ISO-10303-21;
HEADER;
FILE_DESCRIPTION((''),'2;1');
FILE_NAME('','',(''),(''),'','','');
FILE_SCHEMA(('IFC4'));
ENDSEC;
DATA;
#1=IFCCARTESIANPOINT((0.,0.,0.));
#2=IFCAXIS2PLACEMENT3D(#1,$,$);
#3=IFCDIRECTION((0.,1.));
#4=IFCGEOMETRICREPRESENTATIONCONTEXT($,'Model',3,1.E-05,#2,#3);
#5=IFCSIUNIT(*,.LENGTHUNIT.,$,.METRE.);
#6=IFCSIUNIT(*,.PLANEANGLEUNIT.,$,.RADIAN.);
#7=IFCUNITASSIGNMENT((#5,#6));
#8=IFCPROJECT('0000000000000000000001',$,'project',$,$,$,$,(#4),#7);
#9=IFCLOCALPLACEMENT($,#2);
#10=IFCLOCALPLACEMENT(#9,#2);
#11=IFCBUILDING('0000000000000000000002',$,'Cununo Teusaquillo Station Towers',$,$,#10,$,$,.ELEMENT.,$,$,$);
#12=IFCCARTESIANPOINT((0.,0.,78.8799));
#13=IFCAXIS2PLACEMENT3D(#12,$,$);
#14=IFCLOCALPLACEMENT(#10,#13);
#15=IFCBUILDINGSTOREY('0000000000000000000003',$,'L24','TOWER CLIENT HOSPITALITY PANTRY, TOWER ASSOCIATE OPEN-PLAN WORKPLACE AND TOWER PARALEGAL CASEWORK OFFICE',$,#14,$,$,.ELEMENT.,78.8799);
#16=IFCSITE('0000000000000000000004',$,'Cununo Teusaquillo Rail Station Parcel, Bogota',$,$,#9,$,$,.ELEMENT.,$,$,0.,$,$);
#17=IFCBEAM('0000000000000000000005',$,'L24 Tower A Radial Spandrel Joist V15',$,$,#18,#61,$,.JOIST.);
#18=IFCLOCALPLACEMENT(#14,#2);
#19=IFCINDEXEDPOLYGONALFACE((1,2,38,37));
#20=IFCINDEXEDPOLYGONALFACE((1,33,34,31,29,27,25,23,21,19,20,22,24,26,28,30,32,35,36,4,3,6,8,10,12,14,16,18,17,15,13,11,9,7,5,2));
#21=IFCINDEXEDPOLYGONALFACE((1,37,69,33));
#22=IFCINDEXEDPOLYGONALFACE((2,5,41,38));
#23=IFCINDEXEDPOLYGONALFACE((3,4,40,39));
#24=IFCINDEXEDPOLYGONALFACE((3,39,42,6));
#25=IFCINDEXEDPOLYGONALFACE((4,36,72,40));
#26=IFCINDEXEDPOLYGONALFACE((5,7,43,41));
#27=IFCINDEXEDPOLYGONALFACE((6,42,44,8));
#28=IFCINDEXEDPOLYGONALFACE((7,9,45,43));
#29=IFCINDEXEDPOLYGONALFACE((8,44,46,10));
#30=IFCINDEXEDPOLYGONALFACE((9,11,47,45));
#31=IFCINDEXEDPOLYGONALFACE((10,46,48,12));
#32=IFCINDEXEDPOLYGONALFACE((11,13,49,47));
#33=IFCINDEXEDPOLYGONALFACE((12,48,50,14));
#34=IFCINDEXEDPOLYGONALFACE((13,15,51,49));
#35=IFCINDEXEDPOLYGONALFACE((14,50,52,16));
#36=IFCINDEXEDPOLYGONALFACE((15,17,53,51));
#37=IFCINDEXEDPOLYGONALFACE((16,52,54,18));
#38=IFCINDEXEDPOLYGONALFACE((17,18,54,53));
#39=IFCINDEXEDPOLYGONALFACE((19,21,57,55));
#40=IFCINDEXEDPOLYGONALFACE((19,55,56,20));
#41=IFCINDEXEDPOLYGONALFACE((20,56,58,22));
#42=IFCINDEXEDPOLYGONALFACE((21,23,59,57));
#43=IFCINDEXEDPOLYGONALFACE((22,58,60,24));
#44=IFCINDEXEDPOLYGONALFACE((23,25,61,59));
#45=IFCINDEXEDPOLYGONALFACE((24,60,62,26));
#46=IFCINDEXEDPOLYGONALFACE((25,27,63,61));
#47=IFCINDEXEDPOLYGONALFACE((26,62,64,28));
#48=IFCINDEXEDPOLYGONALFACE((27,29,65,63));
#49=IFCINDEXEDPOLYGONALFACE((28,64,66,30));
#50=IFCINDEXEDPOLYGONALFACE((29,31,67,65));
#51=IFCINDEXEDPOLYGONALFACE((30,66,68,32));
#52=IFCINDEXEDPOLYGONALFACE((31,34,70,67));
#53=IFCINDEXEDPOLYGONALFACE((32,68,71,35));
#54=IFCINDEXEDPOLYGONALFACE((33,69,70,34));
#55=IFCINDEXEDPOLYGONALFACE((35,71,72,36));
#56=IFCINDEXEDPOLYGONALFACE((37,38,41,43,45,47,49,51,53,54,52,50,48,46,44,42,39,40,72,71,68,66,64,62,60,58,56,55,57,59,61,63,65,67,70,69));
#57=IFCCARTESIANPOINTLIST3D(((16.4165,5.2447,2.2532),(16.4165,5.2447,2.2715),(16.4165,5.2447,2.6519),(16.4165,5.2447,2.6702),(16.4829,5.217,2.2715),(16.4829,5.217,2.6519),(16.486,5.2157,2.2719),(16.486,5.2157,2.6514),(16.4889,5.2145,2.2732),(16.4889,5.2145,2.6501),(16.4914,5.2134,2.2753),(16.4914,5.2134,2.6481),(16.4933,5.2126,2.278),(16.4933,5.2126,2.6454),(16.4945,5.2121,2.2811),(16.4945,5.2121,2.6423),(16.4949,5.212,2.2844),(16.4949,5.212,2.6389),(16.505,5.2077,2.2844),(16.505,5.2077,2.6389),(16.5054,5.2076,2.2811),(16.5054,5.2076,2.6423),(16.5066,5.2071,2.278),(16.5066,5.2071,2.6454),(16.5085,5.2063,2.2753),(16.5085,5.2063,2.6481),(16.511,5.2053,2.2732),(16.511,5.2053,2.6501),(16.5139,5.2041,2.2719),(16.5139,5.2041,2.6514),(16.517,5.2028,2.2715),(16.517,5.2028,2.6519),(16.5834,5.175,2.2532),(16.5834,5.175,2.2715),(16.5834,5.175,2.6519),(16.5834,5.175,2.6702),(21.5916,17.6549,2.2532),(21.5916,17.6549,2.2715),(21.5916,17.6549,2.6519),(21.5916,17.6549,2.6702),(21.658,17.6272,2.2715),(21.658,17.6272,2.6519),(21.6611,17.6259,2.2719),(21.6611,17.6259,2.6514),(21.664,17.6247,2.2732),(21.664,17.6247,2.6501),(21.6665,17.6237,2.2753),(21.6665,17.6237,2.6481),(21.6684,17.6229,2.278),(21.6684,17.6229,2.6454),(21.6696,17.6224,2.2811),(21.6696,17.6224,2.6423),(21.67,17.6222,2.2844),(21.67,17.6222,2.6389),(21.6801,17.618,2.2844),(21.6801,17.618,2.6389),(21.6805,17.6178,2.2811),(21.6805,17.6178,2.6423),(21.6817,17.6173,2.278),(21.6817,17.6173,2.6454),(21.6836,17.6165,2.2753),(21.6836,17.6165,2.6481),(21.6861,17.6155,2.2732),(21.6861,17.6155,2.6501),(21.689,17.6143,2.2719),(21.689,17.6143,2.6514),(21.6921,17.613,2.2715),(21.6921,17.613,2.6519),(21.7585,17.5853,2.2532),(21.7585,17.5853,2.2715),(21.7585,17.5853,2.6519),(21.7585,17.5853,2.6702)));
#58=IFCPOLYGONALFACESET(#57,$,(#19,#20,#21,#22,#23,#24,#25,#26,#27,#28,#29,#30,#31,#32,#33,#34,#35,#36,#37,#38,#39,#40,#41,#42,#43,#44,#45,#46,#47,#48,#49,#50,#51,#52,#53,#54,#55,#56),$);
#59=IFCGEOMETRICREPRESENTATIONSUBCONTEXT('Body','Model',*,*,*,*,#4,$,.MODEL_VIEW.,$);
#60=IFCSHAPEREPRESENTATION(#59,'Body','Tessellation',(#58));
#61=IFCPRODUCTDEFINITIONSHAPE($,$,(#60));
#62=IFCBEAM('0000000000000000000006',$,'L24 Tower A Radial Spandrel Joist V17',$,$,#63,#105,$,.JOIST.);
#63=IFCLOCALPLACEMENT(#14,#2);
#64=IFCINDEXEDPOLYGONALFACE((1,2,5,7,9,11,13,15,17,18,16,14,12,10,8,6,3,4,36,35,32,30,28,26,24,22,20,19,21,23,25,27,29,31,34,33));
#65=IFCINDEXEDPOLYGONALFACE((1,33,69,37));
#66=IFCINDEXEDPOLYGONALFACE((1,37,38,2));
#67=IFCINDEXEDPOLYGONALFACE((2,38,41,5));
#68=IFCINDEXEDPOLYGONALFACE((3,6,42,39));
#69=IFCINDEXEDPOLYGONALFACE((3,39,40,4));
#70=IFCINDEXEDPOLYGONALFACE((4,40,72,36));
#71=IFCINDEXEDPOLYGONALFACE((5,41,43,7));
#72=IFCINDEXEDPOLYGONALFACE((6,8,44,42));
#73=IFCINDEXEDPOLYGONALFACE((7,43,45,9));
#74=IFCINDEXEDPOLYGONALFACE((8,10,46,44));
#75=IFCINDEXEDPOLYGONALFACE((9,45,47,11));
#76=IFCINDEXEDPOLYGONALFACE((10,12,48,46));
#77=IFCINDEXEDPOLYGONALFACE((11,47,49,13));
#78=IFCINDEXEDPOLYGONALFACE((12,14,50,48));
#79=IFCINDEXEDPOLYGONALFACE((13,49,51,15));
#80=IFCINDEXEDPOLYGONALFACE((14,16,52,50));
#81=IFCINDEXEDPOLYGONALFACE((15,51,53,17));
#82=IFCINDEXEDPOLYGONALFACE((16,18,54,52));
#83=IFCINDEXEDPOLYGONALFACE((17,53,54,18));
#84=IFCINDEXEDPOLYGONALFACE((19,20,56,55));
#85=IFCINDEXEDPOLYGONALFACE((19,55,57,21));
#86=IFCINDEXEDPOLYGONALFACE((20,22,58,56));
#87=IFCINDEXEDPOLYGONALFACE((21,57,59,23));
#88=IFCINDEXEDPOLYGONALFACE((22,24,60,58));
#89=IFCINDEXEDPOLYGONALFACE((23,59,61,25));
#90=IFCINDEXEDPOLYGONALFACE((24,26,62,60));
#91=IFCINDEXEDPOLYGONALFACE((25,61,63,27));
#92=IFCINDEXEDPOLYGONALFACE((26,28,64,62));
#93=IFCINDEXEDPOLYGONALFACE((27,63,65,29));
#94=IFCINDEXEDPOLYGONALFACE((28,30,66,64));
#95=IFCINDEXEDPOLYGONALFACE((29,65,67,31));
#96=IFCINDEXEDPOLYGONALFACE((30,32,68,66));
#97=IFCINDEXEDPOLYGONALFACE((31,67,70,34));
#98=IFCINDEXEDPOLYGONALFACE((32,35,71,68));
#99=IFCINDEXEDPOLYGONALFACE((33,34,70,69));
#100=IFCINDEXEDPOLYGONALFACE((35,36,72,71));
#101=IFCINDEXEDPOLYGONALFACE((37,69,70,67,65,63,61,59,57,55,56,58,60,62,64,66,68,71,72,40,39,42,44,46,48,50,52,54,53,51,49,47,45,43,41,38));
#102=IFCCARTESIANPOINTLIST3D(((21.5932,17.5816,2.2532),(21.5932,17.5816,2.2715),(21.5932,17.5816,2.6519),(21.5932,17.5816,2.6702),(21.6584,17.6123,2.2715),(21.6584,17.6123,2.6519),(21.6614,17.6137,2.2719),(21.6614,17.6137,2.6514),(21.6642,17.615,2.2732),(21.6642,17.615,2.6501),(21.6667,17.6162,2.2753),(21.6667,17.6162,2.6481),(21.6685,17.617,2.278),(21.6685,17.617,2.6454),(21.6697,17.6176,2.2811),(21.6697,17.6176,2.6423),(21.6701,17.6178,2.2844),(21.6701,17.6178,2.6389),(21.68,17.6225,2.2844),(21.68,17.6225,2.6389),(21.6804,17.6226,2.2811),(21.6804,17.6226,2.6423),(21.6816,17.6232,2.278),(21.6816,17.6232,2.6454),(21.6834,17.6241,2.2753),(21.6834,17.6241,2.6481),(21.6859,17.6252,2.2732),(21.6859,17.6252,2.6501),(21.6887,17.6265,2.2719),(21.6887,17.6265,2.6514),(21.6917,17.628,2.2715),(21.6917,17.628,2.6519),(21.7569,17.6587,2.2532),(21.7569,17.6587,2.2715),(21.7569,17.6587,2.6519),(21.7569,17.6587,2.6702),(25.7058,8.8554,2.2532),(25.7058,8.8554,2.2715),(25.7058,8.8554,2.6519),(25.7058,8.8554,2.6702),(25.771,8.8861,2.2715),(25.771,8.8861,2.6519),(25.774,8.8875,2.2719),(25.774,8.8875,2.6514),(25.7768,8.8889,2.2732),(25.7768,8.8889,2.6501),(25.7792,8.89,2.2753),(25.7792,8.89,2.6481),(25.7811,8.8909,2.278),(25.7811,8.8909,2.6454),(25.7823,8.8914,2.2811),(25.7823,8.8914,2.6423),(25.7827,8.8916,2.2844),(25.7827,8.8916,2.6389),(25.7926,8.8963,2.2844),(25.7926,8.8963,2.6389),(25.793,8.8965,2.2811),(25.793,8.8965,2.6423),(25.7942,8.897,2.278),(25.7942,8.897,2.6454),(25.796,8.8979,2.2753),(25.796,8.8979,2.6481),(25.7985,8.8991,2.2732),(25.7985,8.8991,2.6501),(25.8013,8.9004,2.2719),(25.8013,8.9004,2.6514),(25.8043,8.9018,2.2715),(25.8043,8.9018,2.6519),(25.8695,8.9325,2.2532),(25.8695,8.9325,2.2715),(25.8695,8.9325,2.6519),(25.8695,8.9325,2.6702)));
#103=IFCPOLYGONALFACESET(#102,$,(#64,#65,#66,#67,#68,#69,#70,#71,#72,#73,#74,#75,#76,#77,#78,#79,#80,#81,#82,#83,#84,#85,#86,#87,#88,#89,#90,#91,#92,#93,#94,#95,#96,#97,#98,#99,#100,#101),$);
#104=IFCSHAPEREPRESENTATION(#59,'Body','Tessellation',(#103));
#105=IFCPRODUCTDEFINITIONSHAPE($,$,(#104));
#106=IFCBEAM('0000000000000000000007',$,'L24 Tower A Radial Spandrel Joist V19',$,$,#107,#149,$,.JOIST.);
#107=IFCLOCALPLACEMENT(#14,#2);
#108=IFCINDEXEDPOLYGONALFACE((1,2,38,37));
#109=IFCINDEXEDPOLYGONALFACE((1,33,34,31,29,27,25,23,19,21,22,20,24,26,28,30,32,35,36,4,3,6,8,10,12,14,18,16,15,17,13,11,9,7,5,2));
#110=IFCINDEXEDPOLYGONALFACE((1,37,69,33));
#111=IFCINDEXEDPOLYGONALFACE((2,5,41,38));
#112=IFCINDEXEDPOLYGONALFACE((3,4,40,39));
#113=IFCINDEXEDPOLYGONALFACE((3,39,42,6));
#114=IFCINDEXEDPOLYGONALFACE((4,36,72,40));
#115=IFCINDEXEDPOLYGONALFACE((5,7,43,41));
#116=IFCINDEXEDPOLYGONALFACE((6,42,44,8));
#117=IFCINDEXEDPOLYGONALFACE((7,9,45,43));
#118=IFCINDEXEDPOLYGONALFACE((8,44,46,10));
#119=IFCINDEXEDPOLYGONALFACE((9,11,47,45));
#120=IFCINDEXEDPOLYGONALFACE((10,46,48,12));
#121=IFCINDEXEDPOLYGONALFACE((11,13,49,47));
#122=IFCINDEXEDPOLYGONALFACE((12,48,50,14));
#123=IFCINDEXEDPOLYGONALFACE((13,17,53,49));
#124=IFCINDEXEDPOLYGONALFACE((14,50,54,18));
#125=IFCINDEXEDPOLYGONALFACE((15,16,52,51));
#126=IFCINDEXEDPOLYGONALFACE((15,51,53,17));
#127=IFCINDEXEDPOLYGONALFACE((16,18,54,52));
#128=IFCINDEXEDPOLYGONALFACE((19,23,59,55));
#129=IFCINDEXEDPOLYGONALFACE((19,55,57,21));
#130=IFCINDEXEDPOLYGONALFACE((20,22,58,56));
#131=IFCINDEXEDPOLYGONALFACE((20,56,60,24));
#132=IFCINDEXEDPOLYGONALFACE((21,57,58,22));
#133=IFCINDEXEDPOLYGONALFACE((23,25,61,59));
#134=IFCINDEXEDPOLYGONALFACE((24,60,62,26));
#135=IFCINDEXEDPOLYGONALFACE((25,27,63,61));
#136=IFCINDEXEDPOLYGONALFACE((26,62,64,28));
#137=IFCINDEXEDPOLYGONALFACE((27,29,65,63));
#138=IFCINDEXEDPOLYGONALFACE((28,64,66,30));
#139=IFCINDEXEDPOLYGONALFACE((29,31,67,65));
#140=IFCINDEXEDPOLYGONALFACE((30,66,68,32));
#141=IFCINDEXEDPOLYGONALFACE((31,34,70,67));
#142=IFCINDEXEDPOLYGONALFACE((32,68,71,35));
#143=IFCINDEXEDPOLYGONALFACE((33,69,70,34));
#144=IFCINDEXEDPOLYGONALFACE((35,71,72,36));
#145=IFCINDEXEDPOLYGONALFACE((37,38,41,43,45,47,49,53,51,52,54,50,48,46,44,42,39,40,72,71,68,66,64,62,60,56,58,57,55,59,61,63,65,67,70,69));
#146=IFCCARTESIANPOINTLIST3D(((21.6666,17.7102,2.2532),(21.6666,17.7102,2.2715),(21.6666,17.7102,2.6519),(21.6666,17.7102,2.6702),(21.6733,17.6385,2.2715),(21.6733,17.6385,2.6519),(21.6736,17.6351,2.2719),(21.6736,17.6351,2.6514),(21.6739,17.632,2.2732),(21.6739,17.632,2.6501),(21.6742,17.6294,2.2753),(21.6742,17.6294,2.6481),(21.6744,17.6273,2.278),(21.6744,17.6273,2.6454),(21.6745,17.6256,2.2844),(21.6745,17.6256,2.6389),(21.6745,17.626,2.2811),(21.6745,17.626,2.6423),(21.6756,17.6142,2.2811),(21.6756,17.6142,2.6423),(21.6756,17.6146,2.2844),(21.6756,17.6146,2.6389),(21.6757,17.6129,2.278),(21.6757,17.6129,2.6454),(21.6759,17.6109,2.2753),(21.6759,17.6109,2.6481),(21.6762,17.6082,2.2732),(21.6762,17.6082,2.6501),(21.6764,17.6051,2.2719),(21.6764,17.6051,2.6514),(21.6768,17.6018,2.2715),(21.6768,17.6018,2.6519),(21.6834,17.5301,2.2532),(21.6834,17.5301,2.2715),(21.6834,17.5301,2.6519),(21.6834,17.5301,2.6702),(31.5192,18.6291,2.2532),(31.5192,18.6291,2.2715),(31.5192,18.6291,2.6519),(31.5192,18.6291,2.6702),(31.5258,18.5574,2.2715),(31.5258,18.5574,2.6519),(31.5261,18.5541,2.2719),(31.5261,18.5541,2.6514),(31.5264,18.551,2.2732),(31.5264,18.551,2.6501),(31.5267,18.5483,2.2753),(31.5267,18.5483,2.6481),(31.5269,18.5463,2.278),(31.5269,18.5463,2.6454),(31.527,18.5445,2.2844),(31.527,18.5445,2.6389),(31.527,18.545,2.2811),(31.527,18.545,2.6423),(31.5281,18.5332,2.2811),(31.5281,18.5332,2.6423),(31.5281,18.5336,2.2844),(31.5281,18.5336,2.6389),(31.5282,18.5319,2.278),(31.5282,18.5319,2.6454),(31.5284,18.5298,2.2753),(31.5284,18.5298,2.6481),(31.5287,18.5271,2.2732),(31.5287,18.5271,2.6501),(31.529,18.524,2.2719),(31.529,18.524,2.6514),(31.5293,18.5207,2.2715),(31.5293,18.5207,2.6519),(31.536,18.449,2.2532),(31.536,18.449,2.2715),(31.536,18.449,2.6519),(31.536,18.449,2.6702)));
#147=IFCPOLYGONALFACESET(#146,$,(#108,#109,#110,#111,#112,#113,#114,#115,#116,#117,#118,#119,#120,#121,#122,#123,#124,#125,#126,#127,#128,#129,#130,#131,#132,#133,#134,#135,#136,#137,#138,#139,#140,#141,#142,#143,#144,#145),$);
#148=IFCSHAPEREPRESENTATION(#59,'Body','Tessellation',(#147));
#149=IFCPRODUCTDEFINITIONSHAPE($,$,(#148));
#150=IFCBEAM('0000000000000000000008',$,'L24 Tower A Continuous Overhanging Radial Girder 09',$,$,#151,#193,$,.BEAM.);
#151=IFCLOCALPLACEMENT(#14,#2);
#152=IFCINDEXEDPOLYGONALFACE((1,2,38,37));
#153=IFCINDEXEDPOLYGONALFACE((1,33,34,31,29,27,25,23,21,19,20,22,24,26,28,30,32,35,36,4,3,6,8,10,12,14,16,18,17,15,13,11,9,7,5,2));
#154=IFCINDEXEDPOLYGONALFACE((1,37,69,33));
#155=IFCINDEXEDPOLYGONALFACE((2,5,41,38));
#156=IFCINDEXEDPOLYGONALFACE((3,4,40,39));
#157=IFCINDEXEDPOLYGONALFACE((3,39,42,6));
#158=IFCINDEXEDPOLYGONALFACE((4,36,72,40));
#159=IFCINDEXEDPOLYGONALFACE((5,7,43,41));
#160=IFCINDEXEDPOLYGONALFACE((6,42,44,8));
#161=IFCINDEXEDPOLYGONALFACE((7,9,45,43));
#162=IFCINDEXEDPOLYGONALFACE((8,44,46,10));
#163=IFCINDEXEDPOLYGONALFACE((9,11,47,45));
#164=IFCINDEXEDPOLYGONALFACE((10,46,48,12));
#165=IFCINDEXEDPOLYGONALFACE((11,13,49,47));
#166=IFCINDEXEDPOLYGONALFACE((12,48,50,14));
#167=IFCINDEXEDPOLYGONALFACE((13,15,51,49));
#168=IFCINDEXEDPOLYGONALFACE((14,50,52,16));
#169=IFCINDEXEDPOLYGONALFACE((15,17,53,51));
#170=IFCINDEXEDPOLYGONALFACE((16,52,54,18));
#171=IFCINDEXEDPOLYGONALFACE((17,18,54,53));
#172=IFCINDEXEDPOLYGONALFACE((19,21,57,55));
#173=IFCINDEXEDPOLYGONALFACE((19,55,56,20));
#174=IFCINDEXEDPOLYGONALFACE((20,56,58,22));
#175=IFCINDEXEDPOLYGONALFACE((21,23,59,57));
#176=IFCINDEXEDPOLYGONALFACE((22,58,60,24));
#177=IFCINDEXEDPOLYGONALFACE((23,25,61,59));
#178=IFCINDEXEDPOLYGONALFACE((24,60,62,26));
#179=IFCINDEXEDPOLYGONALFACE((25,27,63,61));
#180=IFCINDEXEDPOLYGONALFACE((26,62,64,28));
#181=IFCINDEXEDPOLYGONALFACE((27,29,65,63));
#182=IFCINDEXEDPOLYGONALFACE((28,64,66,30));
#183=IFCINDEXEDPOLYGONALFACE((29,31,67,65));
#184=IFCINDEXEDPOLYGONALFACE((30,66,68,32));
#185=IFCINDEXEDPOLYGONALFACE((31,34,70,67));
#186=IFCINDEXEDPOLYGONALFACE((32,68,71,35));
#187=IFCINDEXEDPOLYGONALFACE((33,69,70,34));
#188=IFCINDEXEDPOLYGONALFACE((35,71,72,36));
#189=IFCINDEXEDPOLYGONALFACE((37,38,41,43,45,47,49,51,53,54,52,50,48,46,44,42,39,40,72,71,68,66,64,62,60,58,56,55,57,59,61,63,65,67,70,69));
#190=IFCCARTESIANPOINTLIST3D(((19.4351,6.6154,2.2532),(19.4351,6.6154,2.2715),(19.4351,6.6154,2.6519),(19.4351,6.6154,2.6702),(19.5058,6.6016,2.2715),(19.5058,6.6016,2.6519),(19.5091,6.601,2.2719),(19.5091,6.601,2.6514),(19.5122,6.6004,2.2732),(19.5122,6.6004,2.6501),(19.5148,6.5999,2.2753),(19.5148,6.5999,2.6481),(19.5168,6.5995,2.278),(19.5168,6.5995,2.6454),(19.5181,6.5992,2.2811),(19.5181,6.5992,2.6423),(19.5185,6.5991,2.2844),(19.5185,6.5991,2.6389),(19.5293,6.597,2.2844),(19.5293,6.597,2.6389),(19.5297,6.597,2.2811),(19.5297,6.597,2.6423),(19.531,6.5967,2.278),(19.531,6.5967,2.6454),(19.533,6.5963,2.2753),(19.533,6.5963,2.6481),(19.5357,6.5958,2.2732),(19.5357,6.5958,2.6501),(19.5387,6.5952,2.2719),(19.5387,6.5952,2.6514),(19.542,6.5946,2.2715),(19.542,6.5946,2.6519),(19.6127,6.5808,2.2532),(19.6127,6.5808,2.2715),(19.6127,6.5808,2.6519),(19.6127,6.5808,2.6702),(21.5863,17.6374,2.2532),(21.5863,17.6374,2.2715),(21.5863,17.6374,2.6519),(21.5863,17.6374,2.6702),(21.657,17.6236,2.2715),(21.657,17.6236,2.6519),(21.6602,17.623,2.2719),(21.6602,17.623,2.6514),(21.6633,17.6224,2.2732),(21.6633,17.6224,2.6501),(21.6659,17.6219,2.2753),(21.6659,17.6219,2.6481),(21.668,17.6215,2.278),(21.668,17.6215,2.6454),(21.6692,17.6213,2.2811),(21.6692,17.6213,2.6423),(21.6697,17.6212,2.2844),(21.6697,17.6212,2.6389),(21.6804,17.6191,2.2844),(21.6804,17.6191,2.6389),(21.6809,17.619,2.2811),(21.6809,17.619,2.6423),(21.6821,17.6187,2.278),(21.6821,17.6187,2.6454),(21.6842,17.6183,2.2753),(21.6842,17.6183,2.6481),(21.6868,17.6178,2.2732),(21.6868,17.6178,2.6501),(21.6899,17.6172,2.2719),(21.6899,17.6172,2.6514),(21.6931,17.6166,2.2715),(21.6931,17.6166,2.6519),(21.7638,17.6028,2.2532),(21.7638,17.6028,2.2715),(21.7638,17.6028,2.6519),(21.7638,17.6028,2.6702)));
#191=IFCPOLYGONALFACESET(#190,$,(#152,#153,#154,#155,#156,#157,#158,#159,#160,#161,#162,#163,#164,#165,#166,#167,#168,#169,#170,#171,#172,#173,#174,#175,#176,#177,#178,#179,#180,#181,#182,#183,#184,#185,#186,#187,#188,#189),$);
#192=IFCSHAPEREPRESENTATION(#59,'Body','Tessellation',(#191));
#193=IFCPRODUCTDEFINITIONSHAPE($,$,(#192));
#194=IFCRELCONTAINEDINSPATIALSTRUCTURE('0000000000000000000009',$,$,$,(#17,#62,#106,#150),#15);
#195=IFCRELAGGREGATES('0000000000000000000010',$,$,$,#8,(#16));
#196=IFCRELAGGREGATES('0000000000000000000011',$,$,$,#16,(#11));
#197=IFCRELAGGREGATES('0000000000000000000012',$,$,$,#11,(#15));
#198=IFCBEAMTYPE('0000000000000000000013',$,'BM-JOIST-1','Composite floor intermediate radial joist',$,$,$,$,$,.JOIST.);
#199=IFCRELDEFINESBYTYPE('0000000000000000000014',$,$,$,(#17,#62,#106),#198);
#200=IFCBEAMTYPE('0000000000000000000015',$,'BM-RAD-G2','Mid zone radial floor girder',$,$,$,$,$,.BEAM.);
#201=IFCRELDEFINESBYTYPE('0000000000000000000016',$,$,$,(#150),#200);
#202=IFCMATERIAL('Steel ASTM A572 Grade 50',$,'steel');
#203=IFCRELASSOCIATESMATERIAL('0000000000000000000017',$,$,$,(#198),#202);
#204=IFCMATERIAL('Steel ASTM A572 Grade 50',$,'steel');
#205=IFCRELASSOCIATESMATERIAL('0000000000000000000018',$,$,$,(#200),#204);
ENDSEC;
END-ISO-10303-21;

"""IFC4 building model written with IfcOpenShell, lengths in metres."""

from ifc_helpers import new_model, si_unit, direction, frame, origin, origin_2d, place, context, subcontext, project, spatial, i_section, extrude, material, material_profile, profile_set, type_object, element, save


model = new_model("IFC4")

# Units and contexts
model_context = context("Model", 3, precision=1e-05, world=origin(), true_north=direction((0.0, 1.0)))
body_context = subcontext(model_context, "Body", "Model", "MODEL_VIEW")
ifc_project = project(units=[si_unit("LENGTHUNIT", "METRE"), si_unit("PLANEANGLEUNIT", "RADIAN")], contexts=[model_context])

# Site, building, storey
site_placement = place(None, origin())
site = spatial("IfcSite", under=ifc_project, at=site_placement, Name="Cununo Teusaquillo Rail Station Parcel, Bogota", CompositionType="ELEMENT", RefElevation=0.0)
building_placement = place(site_placement, origin())
building = spatial("IfcBuilding", under=site, at=building_placement, Name="Cununo Teusaquillo Station Towers", CompositionType="ELEMENT")
storey_placement = place(building_placement, frame((0.0, 0.0, 78.8799)))
storey = spatial("IfcBuildingStorey", under=building, at=storey_placement, Name="L24", Description="TOWER CLIENT HOSPITALITY PANTRY, TOWER ASSOCIATE OPEN-PLAN WORKPLACE AND TOWER PARALEGAL CASEWORK OFFICE", CompositionType="ELEMENT", Elevation=78.8799)

# Beams
ifc_material_1 = material(Name="Steel ASTM A572 Grade 50", Category="steel")
ifc_material_profile_1 = material_profile(ifc_material_1, i_section(OverallWidth=0.1809, OverallDepth=0.417, WebThickness=0.011, FlangeThickness=0.0183, FilletRadius=0.0129, at=origin_2d()), Name="W16X57")
ifc_profile_set_1 = profile_set([ifc_material_profile_1], Name="Steel ASTM A572 Grade 50")
beam_type_1 = type_object("IfcBeamType", Name="BM-JOIST-1", Description="Composite floor intermediate radial joist", PredefinedType="JOIST", material=ifc_profile_set_1)
beam_1_placement = place(storey_placement, frame((21.675, 17.6201, 2.4617), z_axis=(-0.384878, -0.922967, 0.0), x_axis=(0.922967, -0.384878, 0.0)))
element("IfcBeam", 1, at=beam_1_placement, inside=storey, type_object=beam_type_1, Name="L24 Tower A Radial Spandrel Joist V15", PredefinedType="JOIST", context=body_context, shape_type="SweptSolid", body=[
    extrude(i_section(OverallWidth=0.1809, OverallDepth=0.417, WebThickness=0.011, FlangeThickness=0.0183, FilletRadius=0.0129, at=origin_2d()), origin(), (0.0, 0.0, 1.0), 13.446),
])
beam_2_placement = place(storey_placement, frame((21.675, 17.6201, 2.4617), z_axis=(0.42632, -0.904572, 0.0), x_axis=(0.904572, 0.42632, 0.0)))
element("IfcBeam", 2, at=beam_2_placement, inside=storey, type_object=beam_type_1, Name="L24 Tower A Radial Spandrel Joist V17", PredefinedType="JOIST", context=body_context, shape_type="SweptSolid", body=[
    extrude(i_section(OverallWidth=0.1809, OverallDepth=0.417, WebThickness=0.011, FlangeThickness=0.0183, FilletRadius=0.0129, at=origin_2d()), origin(), (0.0, 0.0, 1.0), 9.6467),
])
beam_3_placement = place(storey_placement, frame((21.675, 17.6201, 2.4617), z_axis=(0.995679, 0.092867, 0.0), x_axis=(-0.092867, 0.995679, 0.0)))
element("IfcBeam", 3, at=beam_3_placement, inside=storey, type_object=beam_type_1, Name="L24 Tower A Radial Spandrel Joist V19", PredefinedType="JOIST", context=body_context, shape_type="SweptSolid", body=[
    extrude(i_section(OverallWidth=0.1809, OverallDepth=0.417, WebThickness=0.011, FlangeThickness=0.0183, FilletRadius=0.0129, at=origin_2d()), origin(), (0.0, 0.0, 1.0), 9.8953),
])
ifc_material_2 = material(Name="Steel ASTM A572 Grade 50", Category="steel")
ifc_material_profile_2 = material_profile(ifc_material_2, i_section(OverallWidth=0.1809, OverallDepth=0.417, WebThickness=0.011, FlangeThickness=0.0183, FilletRadius=0.0129, at=origin_2d()), Name="W16X57")
ifc_profile_set_2 = profile_set([ifc_material_profile_2], Name="Steel ASTM A572 Grade 50")
beam_type_2 = type_object("IfcBeamType", Name="BM-RAD-G2", Description="Mid zone radial floor girder", PredefinedType="BEAM", material=ifc_profile_set_2)
beam_4_placement = place(storey_placement, frame((21.675, 17.6201, 2.4617), z_axis=(-0.191553, -0.981482, 0.0), x_axis=(0.981482, -0.191553, 0.0)))
element("IfcBeam", 4, at=beam_4_placement, inside=storey, type_object=beam_type_2, Name="L24 Tower A Continuous Overhanging Radial Girder 09", PredefinedType="BEAM", context=body_context, shape_type="SweptSolid", body=[
    extrude(i_section(OverallWidth=0.1809, OverallDepth=0.417, WebThickness=0.011, FlangeThickness=0.0183, FilletRadius=0.0129, at=origin_2d()), origin(), (0.0, 0.0, 1.0), 11.23),
])

save(model, "model.ifc")
